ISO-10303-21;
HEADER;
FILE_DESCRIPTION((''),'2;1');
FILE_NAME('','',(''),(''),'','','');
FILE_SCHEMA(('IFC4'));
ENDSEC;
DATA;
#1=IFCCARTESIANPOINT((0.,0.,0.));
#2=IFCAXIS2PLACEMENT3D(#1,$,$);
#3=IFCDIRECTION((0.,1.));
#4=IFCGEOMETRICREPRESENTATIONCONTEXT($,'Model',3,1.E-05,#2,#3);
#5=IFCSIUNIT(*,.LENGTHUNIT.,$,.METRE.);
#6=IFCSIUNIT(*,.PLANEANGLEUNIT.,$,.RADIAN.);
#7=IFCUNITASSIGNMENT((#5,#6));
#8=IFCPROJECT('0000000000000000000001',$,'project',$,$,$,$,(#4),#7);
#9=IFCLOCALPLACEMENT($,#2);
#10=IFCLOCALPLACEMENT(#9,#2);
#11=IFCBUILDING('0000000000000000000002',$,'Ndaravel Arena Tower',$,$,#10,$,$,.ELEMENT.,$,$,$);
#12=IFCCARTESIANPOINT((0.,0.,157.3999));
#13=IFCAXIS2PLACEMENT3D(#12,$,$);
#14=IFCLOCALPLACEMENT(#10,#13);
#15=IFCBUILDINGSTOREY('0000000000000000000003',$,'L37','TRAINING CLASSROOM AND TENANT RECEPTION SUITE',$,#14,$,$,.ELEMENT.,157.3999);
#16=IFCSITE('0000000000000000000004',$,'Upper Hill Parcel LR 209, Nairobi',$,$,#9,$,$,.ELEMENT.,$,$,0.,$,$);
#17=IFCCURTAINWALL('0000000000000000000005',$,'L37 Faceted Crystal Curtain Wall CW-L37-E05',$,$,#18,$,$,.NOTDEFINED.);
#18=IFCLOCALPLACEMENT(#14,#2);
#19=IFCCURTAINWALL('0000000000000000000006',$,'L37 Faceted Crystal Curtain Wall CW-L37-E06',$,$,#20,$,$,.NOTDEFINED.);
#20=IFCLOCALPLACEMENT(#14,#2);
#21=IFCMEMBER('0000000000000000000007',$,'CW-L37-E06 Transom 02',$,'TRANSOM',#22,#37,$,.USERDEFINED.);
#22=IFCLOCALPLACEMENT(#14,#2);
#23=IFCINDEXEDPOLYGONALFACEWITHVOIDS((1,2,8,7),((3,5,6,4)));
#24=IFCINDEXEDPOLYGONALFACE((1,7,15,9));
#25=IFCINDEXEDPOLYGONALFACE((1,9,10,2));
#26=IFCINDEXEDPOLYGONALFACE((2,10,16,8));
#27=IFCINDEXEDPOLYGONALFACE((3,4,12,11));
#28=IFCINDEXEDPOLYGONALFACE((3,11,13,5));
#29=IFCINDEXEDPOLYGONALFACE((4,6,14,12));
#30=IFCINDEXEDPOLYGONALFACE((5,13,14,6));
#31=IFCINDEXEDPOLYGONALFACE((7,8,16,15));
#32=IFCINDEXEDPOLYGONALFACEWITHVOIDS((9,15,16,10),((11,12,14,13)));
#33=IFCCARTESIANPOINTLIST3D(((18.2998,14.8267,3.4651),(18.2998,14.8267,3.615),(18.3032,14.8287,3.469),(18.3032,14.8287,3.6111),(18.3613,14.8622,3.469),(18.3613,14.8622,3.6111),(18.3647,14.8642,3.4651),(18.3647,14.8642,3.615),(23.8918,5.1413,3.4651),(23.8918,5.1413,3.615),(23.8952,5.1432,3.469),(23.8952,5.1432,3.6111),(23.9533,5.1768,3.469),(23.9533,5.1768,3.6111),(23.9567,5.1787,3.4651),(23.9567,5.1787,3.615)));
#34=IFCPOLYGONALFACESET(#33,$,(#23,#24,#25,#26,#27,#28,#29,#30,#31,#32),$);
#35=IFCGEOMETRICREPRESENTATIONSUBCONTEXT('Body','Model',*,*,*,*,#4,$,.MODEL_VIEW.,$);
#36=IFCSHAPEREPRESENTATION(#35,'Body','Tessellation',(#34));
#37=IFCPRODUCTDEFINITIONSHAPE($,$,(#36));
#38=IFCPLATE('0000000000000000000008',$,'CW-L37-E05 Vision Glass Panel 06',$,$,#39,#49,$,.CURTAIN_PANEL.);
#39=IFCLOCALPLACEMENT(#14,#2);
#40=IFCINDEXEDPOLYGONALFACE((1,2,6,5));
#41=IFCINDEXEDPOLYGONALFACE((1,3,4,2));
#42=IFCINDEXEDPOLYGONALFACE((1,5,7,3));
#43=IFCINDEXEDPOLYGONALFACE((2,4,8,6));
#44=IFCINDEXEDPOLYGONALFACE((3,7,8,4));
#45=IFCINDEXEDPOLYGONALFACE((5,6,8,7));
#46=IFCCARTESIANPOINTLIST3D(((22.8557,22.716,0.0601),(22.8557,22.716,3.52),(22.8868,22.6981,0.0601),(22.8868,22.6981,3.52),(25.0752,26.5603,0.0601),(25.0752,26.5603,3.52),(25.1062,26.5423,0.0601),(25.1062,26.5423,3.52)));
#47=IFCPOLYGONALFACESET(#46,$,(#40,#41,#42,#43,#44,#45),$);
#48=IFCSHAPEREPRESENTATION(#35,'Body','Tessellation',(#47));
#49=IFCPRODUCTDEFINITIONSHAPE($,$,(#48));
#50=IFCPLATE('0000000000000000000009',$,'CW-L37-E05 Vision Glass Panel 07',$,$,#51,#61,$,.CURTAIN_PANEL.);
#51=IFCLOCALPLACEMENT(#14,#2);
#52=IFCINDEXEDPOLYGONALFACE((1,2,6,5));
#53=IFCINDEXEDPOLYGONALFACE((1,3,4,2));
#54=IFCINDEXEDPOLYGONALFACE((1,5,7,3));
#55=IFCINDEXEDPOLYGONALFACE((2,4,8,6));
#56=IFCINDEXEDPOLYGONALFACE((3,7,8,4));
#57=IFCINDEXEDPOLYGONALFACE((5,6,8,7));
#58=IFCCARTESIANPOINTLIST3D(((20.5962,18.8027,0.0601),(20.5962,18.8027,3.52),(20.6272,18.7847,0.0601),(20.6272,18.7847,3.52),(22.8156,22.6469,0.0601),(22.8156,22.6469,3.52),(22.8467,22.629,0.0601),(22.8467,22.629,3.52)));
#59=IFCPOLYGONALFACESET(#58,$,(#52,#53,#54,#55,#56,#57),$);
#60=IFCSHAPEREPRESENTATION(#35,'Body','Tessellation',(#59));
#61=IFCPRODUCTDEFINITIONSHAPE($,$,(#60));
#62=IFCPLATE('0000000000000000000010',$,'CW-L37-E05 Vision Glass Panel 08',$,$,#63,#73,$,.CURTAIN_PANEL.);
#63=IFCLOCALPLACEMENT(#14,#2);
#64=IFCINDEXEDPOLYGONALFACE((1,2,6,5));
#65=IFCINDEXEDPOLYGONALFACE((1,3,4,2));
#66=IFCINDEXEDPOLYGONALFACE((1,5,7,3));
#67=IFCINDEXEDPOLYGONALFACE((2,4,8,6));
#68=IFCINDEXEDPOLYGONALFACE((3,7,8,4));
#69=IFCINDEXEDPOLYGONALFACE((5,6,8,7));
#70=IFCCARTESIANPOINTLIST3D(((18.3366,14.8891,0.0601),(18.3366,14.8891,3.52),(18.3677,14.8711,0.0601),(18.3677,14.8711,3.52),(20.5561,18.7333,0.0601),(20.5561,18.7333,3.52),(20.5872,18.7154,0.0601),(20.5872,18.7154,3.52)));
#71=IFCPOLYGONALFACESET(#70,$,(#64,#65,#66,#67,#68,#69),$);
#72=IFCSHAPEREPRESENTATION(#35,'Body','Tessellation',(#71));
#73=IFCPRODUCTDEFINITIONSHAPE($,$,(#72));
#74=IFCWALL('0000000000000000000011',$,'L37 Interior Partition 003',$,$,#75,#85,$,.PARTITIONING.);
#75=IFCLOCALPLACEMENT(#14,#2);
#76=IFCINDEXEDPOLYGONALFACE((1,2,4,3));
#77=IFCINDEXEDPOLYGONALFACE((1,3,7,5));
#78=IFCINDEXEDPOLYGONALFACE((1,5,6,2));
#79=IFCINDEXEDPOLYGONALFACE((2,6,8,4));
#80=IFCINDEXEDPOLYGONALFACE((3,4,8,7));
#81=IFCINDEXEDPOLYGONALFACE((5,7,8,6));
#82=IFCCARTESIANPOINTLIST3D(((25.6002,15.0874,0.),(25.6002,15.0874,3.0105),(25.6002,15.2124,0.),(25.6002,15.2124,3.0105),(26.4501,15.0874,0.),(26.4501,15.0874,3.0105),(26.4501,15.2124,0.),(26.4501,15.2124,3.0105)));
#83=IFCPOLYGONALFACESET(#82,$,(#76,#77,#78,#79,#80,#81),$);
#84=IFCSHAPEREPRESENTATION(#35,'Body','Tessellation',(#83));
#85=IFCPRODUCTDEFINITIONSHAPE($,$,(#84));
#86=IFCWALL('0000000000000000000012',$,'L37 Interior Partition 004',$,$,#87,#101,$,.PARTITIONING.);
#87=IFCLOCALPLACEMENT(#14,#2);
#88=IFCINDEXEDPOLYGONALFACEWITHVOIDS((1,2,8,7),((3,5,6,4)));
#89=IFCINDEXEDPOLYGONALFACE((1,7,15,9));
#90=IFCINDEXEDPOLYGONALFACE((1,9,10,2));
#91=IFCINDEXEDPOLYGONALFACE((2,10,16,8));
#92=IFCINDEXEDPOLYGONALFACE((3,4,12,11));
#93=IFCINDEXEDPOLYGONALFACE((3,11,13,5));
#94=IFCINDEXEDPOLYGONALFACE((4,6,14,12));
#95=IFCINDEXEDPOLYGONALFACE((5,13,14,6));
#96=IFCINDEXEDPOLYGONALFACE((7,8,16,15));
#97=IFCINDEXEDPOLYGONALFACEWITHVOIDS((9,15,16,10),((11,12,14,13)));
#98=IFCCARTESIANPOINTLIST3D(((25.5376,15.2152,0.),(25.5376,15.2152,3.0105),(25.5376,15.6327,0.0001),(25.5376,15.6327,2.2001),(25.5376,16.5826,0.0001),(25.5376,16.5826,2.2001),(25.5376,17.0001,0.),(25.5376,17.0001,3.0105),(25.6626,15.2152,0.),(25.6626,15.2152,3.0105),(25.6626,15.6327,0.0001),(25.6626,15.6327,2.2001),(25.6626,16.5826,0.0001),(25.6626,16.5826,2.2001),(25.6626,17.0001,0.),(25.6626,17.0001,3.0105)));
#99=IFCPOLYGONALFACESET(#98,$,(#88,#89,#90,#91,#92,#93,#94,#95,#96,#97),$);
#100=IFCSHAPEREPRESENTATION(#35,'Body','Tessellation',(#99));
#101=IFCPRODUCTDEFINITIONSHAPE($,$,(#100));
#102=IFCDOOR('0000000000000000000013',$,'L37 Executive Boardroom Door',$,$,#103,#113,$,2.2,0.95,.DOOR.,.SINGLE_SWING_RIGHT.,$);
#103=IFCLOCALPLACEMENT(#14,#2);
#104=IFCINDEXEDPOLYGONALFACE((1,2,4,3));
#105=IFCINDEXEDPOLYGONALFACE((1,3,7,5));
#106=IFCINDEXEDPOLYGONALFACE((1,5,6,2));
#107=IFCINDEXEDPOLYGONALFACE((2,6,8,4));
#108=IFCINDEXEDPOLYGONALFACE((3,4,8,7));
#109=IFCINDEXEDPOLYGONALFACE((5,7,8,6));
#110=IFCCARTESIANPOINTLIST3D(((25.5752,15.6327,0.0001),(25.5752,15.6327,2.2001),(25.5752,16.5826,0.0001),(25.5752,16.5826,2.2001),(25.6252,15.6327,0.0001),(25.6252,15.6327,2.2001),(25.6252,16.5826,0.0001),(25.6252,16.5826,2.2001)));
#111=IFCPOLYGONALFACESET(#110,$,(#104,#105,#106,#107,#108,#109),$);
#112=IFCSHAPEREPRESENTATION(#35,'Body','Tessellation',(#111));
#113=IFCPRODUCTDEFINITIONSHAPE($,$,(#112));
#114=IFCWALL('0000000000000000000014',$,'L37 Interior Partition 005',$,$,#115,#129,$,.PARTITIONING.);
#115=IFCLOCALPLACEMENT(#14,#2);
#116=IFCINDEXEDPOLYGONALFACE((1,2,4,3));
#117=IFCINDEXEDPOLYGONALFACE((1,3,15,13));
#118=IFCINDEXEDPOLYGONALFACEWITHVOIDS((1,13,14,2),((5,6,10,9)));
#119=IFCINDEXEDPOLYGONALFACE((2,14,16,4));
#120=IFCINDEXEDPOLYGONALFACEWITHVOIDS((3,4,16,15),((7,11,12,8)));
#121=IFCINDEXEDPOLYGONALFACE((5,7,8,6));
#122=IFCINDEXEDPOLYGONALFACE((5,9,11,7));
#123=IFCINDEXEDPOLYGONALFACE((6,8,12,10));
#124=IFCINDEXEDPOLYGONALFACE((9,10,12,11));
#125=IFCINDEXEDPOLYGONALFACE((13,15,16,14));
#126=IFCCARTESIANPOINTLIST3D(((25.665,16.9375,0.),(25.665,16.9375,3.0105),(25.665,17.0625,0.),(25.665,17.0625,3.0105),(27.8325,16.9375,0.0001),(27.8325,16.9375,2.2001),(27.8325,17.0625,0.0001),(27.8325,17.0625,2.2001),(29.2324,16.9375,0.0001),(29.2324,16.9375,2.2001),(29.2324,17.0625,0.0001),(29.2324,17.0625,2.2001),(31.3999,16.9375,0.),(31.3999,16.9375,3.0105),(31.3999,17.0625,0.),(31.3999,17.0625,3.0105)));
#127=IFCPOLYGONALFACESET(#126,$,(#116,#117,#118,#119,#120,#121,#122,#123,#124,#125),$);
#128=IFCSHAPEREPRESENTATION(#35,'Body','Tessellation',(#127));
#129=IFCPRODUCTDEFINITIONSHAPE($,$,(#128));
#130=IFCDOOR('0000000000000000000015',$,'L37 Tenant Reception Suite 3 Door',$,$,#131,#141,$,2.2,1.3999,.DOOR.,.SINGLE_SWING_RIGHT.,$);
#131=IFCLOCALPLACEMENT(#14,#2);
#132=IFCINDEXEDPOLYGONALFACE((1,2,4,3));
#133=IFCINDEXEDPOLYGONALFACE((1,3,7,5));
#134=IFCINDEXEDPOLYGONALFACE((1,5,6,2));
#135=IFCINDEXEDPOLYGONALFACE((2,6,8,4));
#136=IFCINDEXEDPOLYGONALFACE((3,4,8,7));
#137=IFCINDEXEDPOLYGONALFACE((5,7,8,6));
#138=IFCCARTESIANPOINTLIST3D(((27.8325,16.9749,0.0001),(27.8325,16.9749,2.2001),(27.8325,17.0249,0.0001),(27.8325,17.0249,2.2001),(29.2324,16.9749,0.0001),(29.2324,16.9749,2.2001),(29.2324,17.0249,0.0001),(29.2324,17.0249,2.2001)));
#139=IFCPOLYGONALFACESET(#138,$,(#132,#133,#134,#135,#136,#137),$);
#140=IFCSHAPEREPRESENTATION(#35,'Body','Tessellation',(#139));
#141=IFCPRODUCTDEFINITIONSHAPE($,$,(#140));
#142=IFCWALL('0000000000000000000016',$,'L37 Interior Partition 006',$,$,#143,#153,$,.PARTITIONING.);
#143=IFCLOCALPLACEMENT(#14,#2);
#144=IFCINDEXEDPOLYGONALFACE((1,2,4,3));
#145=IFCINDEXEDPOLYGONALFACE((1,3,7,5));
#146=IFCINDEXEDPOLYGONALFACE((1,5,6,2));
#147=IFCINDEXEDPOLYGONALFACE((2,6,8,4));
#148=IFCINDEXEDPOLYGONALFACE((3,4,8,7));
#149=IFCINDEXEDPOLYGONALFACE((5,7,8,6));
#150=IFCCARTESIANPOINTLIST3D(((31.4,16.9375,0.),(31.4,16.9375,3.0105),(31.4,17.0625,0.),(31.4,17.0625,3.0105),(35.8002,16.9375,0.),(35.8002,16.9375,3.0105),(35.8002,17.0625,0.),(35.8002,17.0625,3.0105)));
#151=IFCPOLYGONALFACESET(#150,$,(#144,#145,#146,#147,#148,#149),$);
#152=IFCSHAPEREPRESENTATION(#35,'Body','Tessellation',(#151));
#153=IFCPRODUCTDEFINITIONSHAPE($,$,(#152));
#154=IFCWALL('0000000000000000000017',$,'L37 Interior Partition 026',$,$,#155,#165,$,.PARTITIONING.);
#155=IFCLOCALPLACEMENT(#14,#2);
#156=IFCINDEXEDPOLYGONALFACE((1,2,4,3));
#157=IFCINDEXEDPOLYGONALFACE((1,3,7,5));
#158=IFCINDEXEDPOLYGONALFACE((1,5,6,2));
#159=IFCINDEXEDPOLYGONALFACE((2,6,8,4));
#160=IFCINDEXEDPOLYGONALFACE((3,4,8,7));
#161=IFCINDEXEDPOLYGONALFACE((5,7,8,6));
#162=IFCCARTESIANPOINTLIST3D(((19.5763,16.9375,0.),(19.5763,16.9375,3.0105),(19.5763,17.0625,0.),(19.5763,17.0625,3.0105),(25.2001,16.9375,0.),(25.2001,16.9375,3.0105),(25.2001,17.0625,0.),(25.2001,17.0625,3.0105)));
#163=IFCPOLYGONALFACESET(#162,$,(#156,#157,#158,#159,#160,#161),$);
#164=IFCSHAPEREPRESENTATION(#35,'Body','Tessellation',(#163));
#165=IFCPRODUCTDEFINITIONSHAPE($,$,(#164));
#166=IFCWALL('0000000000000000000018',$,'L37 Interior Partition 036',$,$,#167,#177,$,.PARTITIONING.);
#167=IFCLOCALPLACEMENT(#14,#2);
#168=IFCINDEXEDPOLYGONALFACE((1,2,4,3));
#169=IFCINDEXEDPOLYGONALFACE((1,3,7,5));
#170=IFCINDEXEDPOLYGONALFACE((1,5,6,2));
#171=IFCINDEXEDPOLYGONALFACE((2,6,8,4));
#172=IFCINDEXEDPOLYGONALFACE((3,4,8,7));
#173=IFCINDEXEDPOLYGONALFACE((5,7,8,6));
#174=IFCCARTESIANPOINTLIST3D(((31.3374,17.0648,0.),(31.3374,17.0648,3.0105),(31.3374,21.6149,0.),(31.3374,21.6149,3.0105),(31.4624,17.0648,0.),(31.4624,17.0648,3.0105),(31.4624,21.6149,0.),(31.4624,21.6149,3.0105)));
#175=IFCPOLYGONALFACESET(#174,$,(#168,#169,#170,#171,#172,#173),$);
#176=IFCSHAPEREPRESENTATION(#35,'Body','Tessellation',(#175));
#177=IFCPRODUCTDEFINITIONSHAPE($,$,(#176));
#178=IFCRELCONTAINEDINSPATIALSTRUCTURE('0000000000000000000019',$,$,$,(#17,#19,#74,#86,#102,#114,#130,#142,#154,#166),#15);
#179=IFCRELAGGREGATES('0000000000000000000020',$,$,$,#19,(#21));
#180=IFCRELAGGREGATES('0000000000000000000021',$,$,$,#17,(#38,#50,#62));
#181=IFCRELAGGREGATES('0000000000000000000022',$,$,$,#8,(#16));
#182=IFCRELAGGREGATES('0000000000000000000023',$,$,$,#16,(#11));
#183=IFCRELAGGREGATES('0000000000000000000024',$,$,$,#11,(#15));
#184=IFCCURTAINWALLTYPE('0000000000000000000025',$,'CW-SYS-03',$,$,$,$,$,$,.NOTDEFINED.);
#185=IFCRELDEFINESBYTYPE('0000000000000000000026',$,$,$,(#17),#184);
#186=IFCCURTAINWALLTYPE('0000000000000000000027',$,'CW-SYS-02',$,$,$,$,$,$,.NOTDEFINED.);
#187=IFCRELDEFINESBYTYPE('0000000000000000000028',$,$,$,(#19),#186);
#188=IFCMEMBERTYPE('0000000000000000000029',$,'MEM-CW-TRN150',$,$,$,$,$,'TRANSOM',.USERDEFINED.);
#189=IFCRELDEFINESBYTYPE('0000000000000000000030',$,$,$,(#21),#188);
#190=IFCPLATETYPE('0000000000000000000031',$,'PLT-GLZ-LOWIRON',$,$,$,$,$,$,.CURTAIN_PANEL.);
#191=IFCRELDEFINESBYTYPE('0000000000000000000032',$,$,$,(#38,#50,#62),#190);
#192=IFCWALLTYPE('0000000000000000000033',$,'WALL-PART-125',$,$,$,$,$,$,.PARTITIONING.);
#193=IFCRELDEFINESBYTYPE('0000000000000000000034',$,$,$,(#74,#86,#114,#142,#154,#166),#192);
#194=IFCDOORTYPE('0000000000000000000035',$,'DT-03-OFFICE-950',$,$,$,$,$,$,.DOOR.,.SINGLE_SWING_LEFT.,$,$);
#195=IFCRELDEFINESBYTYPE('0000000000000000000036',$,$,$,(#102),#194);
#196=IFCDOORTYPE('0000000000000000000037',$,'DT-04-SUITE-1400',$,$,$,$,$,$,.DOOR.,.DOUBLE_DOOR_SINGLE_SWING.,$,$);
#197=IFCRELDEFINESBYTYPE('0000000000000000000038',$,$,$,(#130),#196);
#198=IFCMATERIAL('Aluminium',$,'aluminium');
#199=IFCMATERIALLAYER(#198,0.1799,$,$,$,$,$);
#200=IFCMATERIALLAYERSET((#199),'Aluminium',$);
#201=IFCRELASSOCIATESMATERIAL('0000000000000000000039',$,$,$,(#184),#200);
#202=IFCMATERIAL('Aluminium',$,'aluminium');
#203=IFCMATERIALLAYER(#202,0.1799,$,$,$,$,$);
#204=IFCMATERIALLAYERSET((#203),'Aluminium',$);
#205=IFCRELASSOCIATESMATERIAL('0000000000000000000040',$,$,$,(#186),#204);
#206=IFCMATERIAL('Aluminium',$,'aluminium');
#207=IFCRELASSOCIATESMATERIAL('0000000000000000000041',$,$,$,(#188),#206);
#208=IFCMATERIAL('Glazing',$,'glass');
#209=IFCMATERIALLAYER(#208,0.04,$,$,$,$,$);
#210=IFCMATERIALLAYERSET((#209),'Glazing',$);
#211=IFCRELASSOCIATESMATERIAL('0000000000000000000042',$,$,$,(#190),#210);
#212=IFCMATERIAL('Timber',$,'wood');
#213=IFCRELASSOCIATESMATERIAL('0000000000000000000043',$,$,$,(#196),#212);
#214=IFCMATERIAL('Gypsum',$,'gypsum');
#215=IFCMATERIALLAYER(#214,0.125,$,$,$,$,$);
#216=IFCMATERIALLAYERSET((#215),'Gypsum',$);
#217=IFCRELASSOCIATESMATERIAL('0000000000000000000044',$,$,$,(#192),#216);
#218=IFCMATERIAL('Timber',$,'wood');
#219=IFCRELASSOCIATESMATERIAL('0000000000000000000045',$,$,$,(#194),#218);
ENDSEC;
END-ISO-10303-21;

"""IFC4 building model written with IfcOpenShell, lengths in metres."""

from ifc_helpers import new_model, si_unit, direction, frame, frame_2d, origin, origin_2d, place, context, subcontext, project, spatial, rectangle, hollow_rectangle, extrude, material, layer, layer_set, material_profile, profile_set, type_object, element, fill, aggregate, save


model = new_model("IFC4")

# Units and contexts
model_context = context("Model", 3, precision=1e-05, world=origin(), true_north=direction((0.0, 1.0)))
body_context = subcontext(model_context, "Body", "Model", "MODEL_VIEW")
ifc_project = project(units=[si_unit("LENGTHUNIT", "METRE"), si_unit("PLANEANGLEUNIT", "RADIAN")], contexts=[model_context])

# Site, building, storey
site_placement = place(None, origin())
site = spatial("IfcSite", under=ifc_project, at=site_placement, Name="Upper Hill Parcel LR 209, Nairobi", CompositionType="ELEMENT", RefElevation=0.0)
building_placement = place(site_placement, origin())
building = spatial("IfcBuilding", under=site, at=building_placement, Name="Ndaravel Arena Tower", CompositionType="ELEMENT")
storey_placement = place(building_placement, frame((0.0, 0.0, 157.3999)))
storey = spatial("IfcBuildingStorey", under=building, at=storey_placement, Name="L37", Description="TRAINING CLASSROOM AND TENANT RECEPTION SUITE", CompositionType="ELEMENT", Elevation=157.3999)

# Curtain walls, member
ifc_material_1 = material(Name="Aluminium", Category="aluminium")
ifc_layer_1 = layer(ifc_material_1, 0.1799)
ifc_layer_set_1 = layer_set([ifc_layer_1], Name="Aluminium")
curtain_wall_type_1 = type_object("IfcCurtainWallType", Name="CW-SYS-03", PredefinedType="NOTDEFINED", material=ifc_layer_set_1)
curtain_wall_1_placement = place(storey_placement, origin())
curtain_wall_1 = element("IfcCurtainWall", 1, at=curtain_wall_1_placement, inside=storey, type_object=curtain_wall_type_1, Name="L37 Faceted Crystal Curtain Wall CW-L37-E05", PredefinedType="NOTDEFINED")
ifc_material_2 = material(Name="Aluminium", Category="aluminium")
ifc_layer_2 = layer(ifc_material_2, 0.1799)
ifc_layer_set_2 = layer_set([ifc_layer_2], Name="Aluminium")
curtain_wall_type_2 = type_object("IfcCurtainWallType", Name="CW-SYS-02", PredefinedType="NOTDEFINED", material=ifc_layer_set_2)
curtain_wall_2_placement = place(storey_placement, origin())
curtain_wall_2 = element("IfcCurtainWall", 2, at=curtain_wall_2_placement, inside=storey, type_object=curtain_wall_type_2, Name="L37 Faceted Crystal Curtain Wall CW-L37-E06", PredefinedType="NOTDEFINED")
ifc_material_3 = material(Name="Aluminium", Category="aluminium")
ifc_material_profile_1 = material_profile(ifc_material_3, hollow_rectangle(XDim=0.075, YDim=0.1499, WallThickness=0.0039, at=origin_2d()), Name="CW TRANSOM 75x150x4")
ifc_profile_set_1 = profile_set([ifc_material_profile_1], Name="Aluminium")
member_type_1 = type_object("IfcMemberType", Name="MEM-CW-TRN150", ElementType="TRANSOM", PredefinedType="USERDEFINED", material=ifc_profile_set_1)
member_1_placement = place(storey_placement, frame((18.3323, 14.8455, 3.54), z_axis=(0.500006, -0.866022, 0.0), x_axis=(0.866022, 0.500006, 0.0)))
member_1 = element("IfcMember", 3, at=member_1_placement, type_object=member_type_1, Name="CW-L37-E06 Transom 02", ObjectType="TRANSOM", PredefinedType="USERDEFINED", context=body_context, shape_type="SweptSolid", body=[
    extrude(hollow_rectangle(XDim=0.075, YDim=0.1499, WallThickness=0.0039, at=origin_2d()), origin(), (0.0, 0.0, 1.0), 11.1838),
])
aggregate(curtain_wall_2, [member_1])

# Plates
ifc_material_4 = material(Name="Glazing", Category="glass")
ifc_layer_3 = layer(ifc_material_4, 0.04)
ifc_layer_set_3 = layer_set([ifc_layer_3], Name="Glazing")
plate_type = type_object("IfcPlateType", Name="PLT-GLZ-LOWIRON", PredefinedType="CURTAIN_PANEL", material=ifc_layer_set_3)
plate_1_placement = place(storey_placement, frame((23.981, 24.6292, 0.0601), z_axis=(0.0, 0.0, 1.0), x_axis=(-0.5, -0.866025, 0.0)))
plate_1 = element("IfcPlate", 4, at=plate_1_placement, type_object=plate_type, Name="CW-L37-E05 Vision Glass Panel 06", PredefinedType="CURTAIN_PANEL", context=body_context, shape_type="SweptSolid", body=[
    extrude(rectangle(XDim=4.439, YDim=0.0359, at=origin_2d()), origin(), (0.0, 0.0, 1.0), 3.46),
])
plate_2_placement = place(storey_placement, frame((21.7214, 20.7158, 0.0601), z_axis=(0.0, 0.0, 1.0), x_axis=(-0.5, -0.866025, 0.0)))
plate_2 = element("IfcPlate", 5, at=plate_2_placement, type_object=plate_type, Name="CW-L37-E05 Vision Glass Panel 07", PredefinedType="CURTAIN_PANEL", context=body_context, shape_type="SweptSolid", body=[
    extrude(rectangle(XDim=4.439, YDim=0.0359, at=origin_2d()), origin(), (0.0, 0.0, 1.0), 3.46),
])
plate_3_placement = place(storey_placement, frame((19.4619, 16.8022, 0.0601), z_axis=(0.0, 0.0, 1.0), x_axis=(-0.5, -0.866025, 0.0)))
plate_3 = element("IfcPlate", 6, at=plate_3_placement, type_object=plate_type, Name="CW-L37-E05 Vision Glass Panel 08", PredefinedType="CURTAIN_PANEL", context=body_context, shape_type="SweptSolid", body=[
    extrude(rectangle(XDim=4.439, YDim=0.0359, at=origin_2d()), origin(), (0.0, 0.0, 1.0), 3.46),
])
aggregate(curtain_wall_1, [plate_1, plate_2, plate_3])

# Shared definitions
ifc_material_5 = material(Name="Timber", Category="wood")
door_type_1 = type_object("IfcDoorType", Name="DT-04-SUITE-1400", OperationType="DOUBLE_DOOR_SINGLE_SWING", PredefinedType="DOOR", material=ifc_material_5)

# Wall
ifc_material_6 = material(Name="Gypsum", Category="gypsum")
ifc_layer_4 = layer(ifc_material_6, 0.125)
ifc_layer_set_4 = layer_set([ifc_layer_4], Name="Gypsum")
wall_type_1 = type_object("IfcWallType", Name="WALL-PART-125", PredefinedType="PARTITIONING", material=ifc_layer_set_4)
wall_1_placement = place(storey_placement, frame((26.45, 15.1499, 0.0), z_axis=(0.0, 0.0, 1.0), x_axis=(-1.0, 0.0, 0.0)))
element("IfcWall", 7, at=wall_1_placement, inside=storey, type_object=wall_type_1, Name="L37 Interior Partition 003", PredefinedType="PARTITIONING", context=body_context, shape_type="SweptSolid", body=[
    extrude(rectangle(XDim=0.8499, YDim=0.125, at=frame_2d((0.4248, 0.0))), origin(), (0.0, 0.0, 1.0), 3.0105),
])

# Walls, openings, doors
wall_2_placement = place(storey_placement, frame((25.6001, 15.2151, 0.0), z_axis=(0.0, 0.0, 1.0), x_axis=(0.0, 1.0, 0.0)))
wall_2 = element("IfcWall", 8, at=wall_2_placement, inside=storey, type_object=wall_type_1, Name="L37 Interior Partition 004", PredefinedType="PARTITIONING", context=body_context, shape_type="SweptSolid", body=[
    extrude(rectangle(XDim=1.7849, YDim=0.125, at=frame_2d((0.8926, 0.0))), origin(), (0.0, 0.0, 1.0), 3.0105),
])
opening_1_placement = place(wall_2_placement, frame((0.4175, 0.0, 0.0)))
opening_1 = element("IfcOpeningElement", 9, at=opening_1_placement, cuts=wall_2, PredefinedType="OPENING", context=body_context, shape_type="SweptSolid", body=[
    extrude(rectangle(XDim=0.95, YDim=2.2, at=frame_2d((0.4751, 1.1001))), frame((0.0, 0.0625, 0.0), z_axis=(0.0, -1.0, 0.0), x_axis=(1.0, 0.0, 0.0)), (0.0, 0.0, 1.0), 0.125),
])
ifc_material_7 = material(Name="Timber", Category="wood")
door_type_2 = type_object("IfcDoorType", Name="DT-03-OFFICE-950", OperationType="SINGLE_SWING_LEFT", PredefinedType="DOOR", material=ifc_material_7)
door_1_placement = place(opening_1_placement, origin())
door_1 = element("IfcDoor", 10, at=door_1_placement, inside=storey, type_object=door_type_2, Name="L37 Executive Boardroom Door", OperationType="SINGLE_SWING_RIGHT", OverallHeight=2.2, OverallWidth=0.95, PredefinedType="DOOR", context=body_context, shape_type="SweptSolid", body=[
    extrude(rectangle(XDim=0.95, YDim=2.2, at=frame_2d((0.4751, 1.1001))), frame((0.0, 0.0249, 0.0), z_axis=(0.0, -1.0, 0.0), x_axis=(1.0, 0.0, 0.0)), (0.0, 0.0, 1.0), 0.05),
])
fill(opening_1, door_1)
wall_3_placement = place(storey_placement, frame((25.665, 17.0, 0.0), z_axis=(0.0, 0.0, 1.0), x_axis=(1.0, 0.0, 0.0)))
wall_3 = element("IfcWall", 11, at=wall_3_placement, inside=storey, type_object=wall_type_1, Name="L37 Interior Partition 005", PredefinedType="PARTITIONING", context=body_context, shape_type="SweptSolid", body=[
    extrude(rectangle(XDim=5.7349, YDim=0.125, at=frame_2d((2.8674, 0.0))), origin(), (0.0, 0.0, 1.0), 3.0105),
])
opening_2_placement = place(wall_3_placement, frame((2.1675, 0.0, 0.0)))
opening_2 = element("IfcOpeningElement", 12, at=opening_2_placement, cuts=wall_3, PredefinedType="OPENING", context=body_context, shape_type="SweptSolid", body=[
    extrude(rectangle(XDim=1.3999, YDim=2.2, at=frame_2d((0.7, 1.1001))), frame((0.0, 0.0625, 0.0), z_axis=(0.0, -1.0, 0.0), x_axis=(1.0, 0.0, 0.0)), (0.0, 0.0, 1.0), 0.125),
])
door_2_placement = place(opening_2_placement, origin())
door_2 = element("IfcDoor", 13, at=door_2_placement, inside=storey, type_object=door_type_1, Name="L37 Tenant Reception Suite 3 Door", OperationType="SINGLE_SWING_RIGHT", OverallHeight=2.2, OverallWidth=1.3999, PredefinedType="DOOR", context=body_context, shape_type="SweptSolid", body=[
    extrude(rectangle(XDim=1.3999, YDim=2.2, at=frame_2d((0.7, 1.1001))), frame((0.0, 0.0249, 0.0), z_axis=(0.0, -1.0, 0.0), x_axis=(1.0, 0.0, 0.0)), (0.0, 0.0, 1.0), 0.05),
])
fill(opening_2, door_2)

# Walls
wall_4_placement = place(storey_placement, frame((31.3999, 17.0, 0.0), z_axis=(0.0, 0.0, 1.0), x_axis=(1.0, 0.0, 0.0)))
element("IfcWall", 14, at=wall_4_placement, inside=storey, type_object=wall_type_1, Name="L37 Interior Partition 006", PredefinedType="PARTITIONING", context=body_context, shape_type="SweptSolid", body=[
    extrude(rectangle(XDim=4.4001, YDim=0.125, at=frame_2d((2.2002, 0.0))), origin(), (0.0, 0.0, 1.0), 3.0105),
])
wall_5_placement = place(storey_placement, frame((19.5762, 17.0, 0.0), z_axis=(0.0, 0.0, 1.0), x_axis=(1.0, 0.0, 0.0)))
element("IfcWall", 15, at=wall_5_placement, inside=storey, type_object=wall_type_1, Name="L37 Interior Partition 026", PredefinedType="PARTITIONING", context=body_context, shape_type="SweptSolid", body=[
    extrude(rectangle(XDim=5.6238, YDim=0.125, at=frame_2d((2.812, 0.0))), origin(), (0.0, 0.0, 1.0), 3.0105),
])
wall_6_placement = place(storey_placement, frame((31.3999, 17.0649, 0.0), z_axis=(0.0, 0.0, 1.0), x_axis=(0.0, 1.0, 0.0)))
element("IfcWall", 16, at=wall_6_placement, inside=storey, type_object=wall_type_1, Name="L37 Interior Partition 036", PredefinedType="PARTITIONING", context=body_context, shape_type="SweptSolid", body=[
    extrude(rectangle(XDim=4.55, YDim=0.125, at=frame_2d((2.2749, 0.0))), origin(), (0.0, 0.0, 1.0), 3.0105),
])

save(model, "model.ifc")
